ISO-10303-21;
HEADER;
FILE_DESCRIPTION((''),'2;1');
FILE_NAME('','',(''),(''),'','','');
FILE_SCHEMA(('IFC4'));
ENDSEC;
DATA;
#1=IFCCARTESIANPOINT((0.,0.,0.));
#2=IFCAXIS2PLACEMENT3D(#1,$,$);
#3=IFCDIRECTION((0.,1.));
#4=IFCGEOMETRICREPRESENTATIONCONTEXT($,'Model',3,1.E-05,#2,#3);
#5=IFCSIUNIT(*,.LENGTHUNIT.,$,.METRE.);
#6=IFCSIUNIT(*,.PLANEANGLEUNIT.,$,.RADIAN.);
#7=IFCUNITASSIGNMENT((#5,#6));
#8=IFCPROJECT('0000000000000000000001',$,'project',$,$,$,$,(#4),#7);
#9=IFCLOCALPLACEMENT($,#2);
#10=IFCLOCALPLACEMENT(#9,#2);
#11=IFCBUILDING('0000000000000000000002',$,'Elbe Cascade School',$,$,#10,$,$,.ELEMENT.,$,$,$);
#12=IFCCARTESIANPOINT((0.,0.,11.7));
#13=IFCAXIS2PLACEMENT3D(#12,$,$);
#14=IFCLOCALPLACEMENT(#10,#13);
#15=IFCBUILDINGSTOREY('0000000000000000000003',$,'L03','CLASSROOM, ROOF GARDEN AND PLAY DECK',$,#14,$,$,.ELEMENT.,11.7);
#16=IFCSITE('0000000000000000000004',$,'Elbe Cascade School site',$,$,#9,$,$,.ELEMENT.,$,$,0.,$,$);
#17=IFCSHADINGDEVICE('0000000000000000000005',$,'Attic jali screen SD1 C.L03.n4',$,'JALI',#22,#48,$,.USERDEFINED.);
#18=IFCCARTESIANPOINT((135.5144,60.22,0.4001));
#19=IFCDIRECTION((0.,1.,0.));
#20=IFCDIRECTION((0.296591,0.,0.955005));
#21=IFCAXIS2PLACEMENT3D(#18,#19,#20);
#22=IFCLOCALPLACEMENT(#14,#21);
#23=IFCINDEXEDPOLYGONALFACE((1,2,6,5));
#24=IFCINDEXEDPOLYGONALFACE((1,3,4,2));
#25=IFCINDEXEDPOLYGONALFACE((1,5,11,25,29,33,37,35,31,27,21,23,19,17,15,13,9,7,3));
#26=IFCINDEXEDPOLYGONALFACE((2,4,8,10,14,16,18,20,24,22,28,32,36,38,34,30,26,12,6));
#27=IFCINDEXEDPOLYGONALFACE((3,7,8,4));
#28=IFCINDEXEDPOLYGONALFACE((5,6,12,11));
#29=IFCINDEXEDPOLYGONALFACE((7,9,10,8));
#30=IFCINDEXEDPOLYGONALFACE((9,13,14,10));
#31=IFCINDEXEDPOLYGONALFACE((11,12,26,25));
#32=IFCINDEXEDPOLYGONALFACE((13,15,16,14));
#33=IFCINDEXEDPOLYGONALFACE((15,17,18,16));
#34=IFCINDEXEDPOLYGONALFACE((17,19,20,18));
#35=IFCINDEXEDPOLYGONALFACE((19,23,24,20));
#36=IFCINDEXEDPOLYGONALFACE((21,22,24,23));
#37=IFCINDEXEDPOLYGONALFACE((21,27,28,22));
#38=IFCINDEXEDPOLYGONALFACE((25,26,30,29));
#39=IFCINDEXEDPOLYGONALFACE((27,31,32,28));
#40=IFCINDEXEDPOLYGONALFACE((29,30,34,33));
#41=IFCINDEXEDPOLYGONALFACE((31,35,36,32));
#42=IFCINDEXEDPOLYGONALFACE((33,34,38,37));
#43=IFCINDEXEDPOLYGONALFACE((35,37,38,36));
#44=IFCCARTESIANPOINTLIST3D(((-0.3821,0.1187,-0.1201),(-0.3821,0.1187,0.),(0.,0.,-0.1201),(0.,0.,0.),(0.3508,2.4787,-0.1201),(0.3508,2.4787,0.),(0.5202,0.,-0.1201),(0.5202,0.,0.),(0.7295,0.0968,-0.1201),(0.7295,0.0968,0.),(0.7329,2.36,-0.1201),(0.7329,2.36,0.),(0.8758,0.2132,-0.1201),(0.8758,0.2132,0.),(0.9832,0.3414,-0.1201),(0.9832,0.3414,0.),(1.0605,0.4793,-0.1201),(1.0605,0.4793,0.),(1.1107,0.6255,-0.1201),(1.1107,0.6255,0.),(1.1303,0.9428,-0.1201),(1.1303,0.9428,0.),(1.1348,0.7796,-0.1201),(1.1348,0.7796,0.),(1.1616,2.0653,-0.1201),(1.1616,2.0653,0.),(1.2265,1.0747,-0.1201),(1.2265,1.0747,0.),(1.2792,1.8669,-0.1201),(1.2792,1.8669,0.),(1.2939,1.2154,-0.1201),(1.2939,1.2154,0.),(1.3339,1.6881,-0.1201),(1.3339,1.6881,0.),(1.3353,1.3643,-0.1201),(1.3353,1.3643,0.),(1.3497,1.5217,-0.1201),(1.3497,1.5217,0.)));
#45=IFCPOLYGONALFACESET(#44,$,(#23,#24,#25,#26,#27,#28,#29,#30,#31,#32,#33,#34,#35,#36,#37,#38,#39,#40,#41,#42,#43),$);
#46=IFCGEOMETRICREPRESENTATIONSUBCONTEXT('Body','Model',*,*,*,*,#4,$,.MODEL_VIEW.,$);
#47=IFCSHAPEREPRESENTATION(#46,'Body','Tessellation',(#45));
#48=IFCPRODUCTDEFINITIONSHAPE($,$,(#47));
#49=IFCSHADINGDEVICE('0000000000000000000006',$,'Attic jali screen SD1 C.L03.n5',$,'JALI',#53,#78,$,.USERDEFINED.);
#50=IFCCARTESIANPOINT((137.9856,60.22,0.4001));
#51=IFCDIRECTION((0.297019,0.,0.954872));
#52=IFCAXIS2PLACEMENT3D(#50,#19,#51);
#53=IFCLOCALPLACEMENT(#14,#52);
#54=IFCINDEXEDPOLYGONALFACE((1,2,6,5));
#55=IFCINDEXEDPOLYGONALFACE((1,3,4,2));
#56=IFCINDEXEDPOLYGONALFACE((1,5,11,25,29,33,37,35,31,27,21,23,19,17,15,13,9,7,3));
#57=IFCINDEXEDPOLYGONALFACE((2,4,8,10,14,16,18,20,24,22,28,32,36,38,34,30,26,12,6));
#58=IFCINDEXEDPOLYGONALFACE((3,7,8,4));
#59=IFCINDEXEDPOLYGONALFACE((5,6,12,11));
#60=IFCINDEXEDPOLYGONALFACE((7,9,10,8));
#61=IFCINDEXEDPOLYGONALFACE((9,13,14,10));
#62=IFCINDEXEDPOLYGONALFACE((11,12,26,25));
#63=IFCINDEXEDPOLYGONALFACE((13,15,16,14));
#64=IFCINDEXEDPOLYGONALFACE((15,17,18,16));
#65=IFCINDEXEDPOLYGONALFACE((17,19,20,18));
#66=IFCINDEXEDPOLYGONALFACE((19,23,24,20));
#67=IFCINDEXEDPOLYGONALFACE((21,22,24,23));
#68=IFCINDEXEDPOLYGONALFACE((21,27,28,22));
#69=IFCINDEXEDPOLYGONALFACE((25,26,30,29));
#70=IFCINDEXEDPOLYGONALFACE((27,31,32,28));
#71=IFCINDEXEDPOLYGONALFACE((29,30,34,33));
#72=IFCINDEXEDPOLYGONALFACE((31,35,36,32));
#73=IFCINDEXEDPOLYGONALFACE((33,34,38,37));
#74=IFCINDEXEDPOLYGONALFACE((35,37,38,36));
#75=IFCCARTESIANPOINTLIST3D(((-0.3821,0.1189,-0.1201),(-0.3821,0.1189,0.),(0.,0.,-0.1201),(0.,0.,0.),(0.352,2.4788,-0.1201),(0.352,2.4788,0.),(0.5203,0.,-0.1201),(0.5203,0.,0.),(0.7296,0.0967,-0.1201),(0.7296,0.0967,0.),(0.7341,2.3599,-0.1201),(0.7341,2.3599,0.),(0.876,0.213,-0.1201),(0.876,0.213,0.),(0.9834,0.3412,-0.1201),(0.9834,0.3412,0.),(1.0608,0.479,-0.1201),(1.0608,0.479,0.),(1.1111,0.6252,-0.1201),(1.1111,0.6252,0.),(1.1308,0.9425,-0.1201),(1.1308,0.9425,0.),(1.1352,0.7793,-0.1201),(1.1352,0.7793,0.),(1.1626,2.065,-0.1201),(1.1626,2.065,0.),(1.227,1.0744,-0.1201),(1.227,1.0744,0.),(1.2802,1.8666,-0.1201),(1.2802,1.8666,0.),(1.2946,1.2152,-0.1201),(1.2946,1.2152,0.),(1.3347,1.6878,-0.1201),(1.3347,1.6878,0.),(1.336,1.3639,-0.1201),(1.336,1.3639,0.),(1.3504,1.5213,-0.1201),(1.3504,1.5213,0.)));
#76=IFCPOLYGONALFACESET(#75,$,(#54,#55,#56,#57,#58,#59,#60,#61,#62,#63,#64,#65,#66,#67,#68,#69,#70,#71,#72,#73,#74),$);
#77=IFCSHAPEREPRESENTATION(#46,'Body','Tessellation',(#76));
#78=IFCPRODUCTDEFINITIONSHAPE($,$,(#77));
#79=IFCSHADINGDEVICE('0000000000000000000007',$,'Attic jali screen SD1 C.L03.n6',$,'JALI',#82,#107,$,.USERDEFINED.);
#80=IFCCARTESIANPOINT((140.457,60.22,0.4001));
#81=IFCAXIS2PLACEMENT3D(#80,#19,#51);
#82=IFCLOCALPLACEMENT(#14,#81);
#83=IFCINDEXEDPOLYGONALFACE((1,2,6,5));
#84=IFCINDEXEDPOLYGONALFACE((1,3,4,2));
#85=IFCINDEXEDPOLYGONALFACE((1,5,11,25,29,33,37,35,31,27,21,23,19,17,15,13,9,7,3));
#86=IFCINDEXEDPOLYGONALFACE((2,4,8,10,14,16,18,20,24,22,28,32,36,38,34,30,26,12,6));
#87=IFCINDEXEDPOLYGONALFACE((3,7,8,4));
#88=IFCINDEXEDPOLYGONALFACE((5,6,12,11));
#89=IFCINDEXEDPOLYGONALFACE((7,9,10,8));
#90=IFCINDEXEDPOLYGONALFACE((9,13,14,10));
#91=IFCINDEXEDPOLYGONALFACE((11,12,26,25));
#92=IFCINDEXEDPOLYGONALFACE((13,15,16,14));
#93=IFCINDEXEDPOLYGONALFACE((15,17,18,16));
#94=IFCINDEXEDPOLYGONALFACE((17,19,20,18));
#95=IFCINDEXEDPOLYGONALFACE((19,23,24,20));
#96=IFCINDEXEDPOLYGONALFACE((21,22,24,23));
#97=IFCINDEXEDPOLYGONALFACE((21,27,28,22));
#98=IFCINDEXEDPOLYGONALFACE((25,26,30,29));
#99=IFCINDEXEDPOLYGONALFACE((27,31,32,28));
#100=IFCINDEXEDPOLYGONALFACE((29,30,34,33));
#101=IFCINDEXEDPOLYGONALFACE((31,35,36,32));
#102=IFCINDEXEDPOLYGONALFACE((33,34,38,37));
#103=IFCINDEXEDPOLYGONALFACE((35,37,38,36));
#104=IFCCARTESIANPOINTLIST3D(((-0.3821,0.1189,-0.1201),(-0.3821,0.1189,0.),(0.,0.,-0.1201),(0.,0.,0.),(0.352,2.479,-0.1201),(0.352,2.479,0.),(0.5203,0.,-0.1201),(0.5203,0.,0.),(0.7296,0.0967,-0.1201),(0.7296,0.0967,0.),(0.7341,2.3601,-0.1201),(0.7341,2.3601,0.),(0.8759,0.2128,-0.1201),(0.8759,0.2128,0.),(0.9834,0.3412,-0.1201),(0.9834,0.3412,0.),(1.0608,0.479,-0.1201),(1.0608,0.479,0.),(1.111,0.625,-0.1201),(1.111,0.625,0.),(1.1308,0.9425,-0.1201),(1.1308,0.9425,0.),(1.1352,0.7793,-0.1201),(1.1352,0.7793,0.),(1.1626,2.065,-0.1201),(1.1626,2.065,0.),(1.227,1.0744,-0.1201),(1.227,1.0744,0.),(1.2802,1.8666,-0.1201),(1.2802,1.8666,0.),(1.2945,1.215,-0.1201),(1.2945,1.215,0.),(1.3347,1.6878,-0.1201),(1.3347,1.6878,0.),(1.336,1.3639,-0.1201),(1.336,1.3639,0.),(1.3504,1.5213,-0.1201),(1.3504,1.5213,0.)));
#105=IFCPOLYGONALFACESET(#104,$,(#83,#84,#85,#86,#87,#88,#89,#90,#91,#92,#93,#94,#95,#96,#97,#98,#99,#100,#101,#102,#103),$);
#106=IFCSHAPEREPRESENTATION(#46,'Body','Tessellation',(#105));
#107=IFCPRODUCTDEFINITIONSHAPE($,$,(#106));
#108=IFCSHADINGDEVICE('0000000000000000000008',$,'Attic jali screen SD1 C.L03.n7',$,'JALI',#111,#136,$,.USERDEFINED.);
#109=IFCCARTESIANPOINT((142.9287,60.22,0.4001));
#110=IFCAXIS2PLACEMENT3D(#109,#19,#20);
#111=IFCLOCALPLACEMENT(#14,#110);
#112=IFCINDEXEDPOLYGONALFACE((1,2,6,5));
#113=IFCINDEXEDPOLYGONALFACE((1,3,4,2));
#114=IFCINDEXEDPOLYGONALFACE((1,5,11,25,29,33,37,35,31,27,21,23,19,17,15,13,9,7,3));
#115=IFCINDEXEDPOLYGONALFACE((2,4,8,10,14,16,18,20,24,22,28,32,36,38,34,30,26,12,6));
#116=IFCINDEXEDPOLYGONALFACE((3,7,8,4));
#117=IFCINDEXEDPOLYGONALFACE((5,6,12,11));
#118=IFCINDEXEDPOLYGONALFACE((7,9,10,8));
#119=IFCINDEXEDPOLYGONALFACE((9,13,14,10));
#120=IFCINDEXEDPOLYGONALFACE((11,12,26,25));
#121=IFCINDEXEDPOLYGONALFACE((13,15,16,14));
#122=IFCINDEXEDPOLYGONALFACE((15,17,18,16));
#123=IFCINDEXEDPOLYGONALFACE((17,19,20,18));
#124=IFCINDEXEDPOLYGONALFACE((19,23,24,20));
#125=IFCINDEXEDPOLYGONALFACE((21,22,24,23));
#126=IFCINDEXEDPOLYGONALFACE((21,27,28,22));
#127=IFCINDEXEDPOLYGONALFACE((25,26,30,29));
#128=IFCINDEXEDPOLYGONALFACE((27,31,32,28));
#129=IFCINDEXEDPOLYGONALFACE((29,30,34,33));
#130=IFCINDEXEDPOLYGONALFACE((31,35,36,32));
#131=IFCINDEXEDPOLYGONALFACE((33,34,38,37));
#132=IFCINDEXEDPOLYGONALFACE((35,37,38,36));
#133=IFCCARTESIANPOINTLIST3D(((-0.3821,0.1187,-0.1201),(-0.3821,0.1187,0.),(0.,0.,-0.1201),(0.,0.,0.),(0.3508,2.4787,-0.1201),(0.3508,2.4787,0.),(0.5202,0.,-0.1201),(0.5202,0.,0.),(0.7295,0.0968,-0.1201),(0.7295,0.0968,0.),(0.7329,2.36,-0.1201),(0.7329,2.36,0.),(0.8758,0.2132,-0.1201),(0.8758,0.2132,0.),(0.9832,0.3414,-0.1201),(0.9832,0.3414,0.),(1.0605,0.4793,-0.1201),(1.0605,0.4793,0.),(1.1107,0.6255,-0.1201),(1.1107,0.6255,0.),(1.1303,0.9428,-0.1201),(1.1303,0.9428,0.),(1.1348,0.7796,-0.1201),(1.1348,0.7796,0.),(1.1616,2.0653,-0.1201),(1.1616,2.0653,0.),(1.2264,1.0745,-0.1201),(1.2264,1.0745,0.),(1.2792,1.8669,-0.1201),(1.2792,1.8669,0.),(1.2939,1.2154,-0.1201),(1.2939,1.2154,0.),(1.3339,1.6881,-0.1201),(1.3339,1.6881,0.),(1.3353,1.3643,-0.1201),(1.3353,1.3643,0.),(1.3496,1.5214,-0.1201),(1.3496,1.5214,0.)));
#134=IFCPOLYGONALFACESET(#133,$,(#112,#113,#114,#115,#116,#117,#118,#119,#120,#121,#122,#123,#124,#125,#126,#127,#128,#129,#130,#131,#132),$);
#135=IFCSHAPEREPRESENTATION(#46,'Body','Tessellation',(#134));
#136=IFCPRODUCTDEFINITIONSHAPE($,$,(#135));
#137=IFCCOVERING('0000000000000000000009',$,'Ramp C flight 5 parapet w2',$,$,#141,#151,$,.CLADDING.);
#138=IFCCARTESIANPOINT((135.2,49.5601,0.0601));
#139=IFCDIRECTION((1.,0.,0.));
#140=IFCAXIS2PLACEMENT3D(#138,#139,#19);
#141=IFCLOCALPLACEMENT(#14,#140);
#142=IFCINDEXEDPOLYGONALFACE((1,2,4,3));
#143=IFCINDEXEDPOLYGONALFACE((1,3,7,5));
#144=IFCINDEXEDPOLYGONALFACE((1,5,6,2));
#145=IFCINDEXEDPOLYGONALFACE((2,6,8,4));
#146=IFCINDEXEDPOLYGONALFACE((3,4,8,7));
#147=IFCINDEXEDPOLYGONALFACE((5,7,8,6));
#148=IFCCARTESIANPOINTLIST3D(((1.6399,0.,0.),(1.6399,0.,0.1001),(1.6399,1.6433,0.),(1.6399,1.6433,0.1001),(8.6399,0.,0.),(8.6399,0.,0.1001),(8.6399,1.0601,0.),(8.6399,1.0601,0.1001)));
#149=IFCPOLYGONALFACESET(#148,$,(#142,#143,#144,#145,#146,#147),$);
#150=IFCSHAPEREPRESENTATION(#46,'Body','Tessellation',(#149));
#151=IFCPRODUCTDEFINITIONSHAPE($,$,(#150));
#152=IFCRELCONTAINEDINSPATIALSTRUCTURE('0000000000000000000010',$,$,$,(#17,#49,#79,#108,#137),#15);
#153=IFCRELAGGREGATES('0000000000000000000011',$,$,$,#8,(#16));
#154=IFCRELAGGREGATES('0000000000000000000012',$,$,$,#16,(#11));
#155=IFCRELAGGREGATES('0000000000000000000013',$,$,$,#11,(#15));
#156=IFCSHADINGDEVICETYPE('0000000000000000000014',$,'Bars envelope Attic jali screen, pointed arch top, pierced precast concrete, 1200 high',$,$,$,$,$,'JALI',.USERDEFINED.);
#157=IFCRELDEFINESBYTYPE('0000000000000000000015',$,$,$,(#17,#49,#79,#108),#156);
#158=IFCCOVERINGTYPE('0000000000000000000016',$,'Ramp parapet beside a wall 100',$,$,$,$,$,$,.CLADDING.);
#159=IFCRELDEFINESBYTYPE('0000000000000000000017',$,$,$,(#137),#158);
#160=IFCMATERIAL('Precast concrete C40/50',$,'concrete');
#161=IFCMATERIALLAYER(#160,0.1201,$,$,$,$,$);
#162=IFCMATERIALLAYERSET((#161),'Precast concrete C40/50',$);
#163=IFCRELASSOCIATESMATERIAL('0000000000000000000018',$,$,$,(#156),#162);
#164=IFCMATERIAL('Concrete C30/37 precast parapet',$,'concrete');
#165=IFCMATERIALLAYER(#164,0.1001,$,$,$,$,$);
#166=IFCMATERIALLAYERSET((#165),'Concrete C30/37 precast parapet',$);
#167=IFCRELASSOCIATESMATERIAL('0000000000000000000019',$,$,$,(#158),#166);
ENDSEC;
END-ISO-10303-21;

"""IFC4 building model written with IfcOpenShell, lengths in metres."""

from ifc_helpers import new_model, si_unit, direction, frame, origin, place, context, subcontext, project, spatial, polyline, outline, extrude, material, layer, layer_set, type_object, element, save


model = new_model("IFC4")

# Units and contexts
model_context = context("Model", 3, precision=1e-05, world=origin(), true_north=direction((0.0, 1.0)))
body_context = subcontext(model_context, "Body", "Model", "MODEL_VIEW")
ifc_project = project(units=[si_unit("LENGTHUNIT", "METRE"), si_unit("PLANEANGLEUNIT", "RADIAN")], contexts=[model_context])

# Site, building, storey
site_placement = place(None, origin())
site = spatial("IfcSite", under=ifc_project, at=site_placement, Name="Elbe Cascade School site", CompositionType="ELEMENT", RefElevation=0.0)
building_placement = place(site_placement, origin())
building = spatial("IfcBuilding", under=site, at=building_placement, Name="Elbe Cascade School", CompositionType="ELEMENT")
storey_placement = place(building_placement, frame((0.0, 0.0, 11.7)))
storey = spatial("IfcBuildingStorey", under=building, at=storey_placement, Name="L03", Description="CLASSROOM, ROOF GARDEN AND PLAY DECK", CompositionType="ELEMENT", Elevation=11.7)

# Shading devices
ifc_material_1 = material(Name="Precast concrete C40/50", Category="concrete")
ifc_layer_1 = layer(ifc_material_1, 0.1201)
ifc_layer_set_1 = layer_set([ifc_layer_1], Name="Precast concrete C40/50")
shading_device_type = type_object("IfcShadingDeviceType", Name="Bars envelope Attic jali screen, pointed arch top, pierced precast concrete, 1200 high", ElementType="JALI", PredefinedType="USERDEFINED", material=ifc_layer_set_1)
shading_device_1_placement = place(storey_placement, frame((135.5144, 60.22, 0.4001), z_axis=(0.0, 1.0, 0.0), x_axis=(0.296591, 0.0, 0.955005)))
element("IfcShadingDevice", 1, at=shading_device_1_placement, inside=storey, type_object=shading_device_type, Name="Attic jali screen SD1 C.L03.n4", ObjectType="JALI", PredefinedType="USERDEFINED", context=body_context, shape_type="SweptSolid", body=[
    extrude(outline(polyline([(0.0, 0.0), (0.5202, 0.0), (0.7295, 0.0968), (0.8758, 0.2132), (0.9832, 0.3414), (1.0605, 0.4793), (1.1107, 0.6255), (1.1348, 0.7796), (1.1303, 0.9428), (1.2265, 1.0747), (1.2939, 1.2154), (1.3353, 1.3643), (1.3497, 1.5217), (1.3339, 1.6881), (1.2792, 1.8669), (1.1616, 2.0653), (0.7329, 2.36), (0.3508, 2.4787), (-0.3821, 0.1187), (0.0, 0.0)])), origin(), (0.0, 0.0, -1.0), 0.1201),
])
shading_device_2_placement = place(storey_placement, frame((137.9856, 60.22, 0.4001), z_axis=(0.0, 1.0, 0.0), x_axis=(0.297019, 0.0, 0.954872)))
element("IfcShadingDevice", 2, at=shading_device_2_placement, inside=storey, type_object=shading_device_type, Name="Attic jali screen SD1 C.L03.n5", ObjectType="JALI", PredefinedType="USERDEFINED", context=body_context, shape_type="SweptSolid", body=[
    extrude(outline(polyline([(0.0, 0.0), (0.5203, 0.0), (0.7296, 0.0967), (0.876, 0.213), (0.9834, 0.3412), (1.0608, 0.479), (1.1111, 0.6252), (1.1352, 0.7793), (1.1308, 0.9425), (1.227, 1.0744), (1.2946, 1.2152), (1.336, 1.3639), (1.3504, 1.5213), (1.3347, 1.6878), (1.2802, 1.8666), (1.1626, 2.065), (0.7341, 2.3599), (0.352, 2.4788), (-0.3821, 0.1189), (0.0, 0.0)])), origin(), (0.0, 0.0, -1.0), 0.1201),
])
shading_device_3_placement = place(storey_placement, frame((140.457, 60.22, 0.4001), z_axis=(0.0, 1.0, 0.0), x_axis=(0.297019, 0.0, 0.954872)))
element("IfcShadingDevice", 3, at=shading_device_3_placement, inside=storey, type_object=shading_device_type, Name="Attic jali screen SD1 C.L03.n6", ObjectType="JALI", PredefinedType="USERDEFINED", context=body_context, shape_type="SweptSolid", body=[
    extrude(outline(polyline([(0.0, 0.0), (0.5203, 0.0), (0.7296, 0.0967), (0.8759, 0.2128), (0.9834, 0.3412), (1.0608, 0.479), (1.111, 0.625), (1.1352, 0.7793), (1.1308, 0.9425), (1.227, 1.0744), (1.2945, 1.215), (1.336, 1.3639), (1.3504, 1.5213), (1.3347, 1.6878), (1.2802, 1.8666), (1.1626, 2.065), (0.7341, 2.3601), (0.352, 2.479), (-0.3821, 0.1189), (0.0, 0.0)])), origin(), (0.0, 0.0, -1.0), 0.1201),
])
shading_device_4_placement = place(storey_placement, frame((142.9287, 60.22, 0.4001), z_axis=(0.0, 1.0, 0.0), x_axis=(0.296591, 0.0, 0.955005)))
element("IfcShadingDevice", 4, at=shading_device_4_placement, inside=storey, type_object=shading_device_type, Name="Attic jali screen SD1 C.L03.n7", ObjectType="JALI", PredefinedType="USERDEFINED", context=body_context, shape_type="SweptSolid", body=[
    extrude(outline(polyline([(0.0, 0.0), (0.5202, 0.0), (0.7295, 0.0968), (0.8758, 0.2132), (0.9832, 0.3414), (1.0605, 0.4793), (1.1107, 0.6255), (1.1348, 0.7796), (1.1303, 0.9428), (1.2264, 1.0745), (1.2939, 1.2154), (1.3353, 1.3643), (1.3496, 1.5214), (1.3339, 1.6881), (1.2792, 1.8669), (1.1616, 2.0653), (0.7329, 2.36), (0.3508, 2.4787), (-0.3821, 0.1187), (0.0, 0.0)])), origin(), (0.0, 0.0, -1.0), 0.1201),
])

# Covering
ifc_material_2 = material(Name="Concrete C30/37 precast parapet", Category="concrete")
ifc_layer_2 = layer(ifc_material_2, 0.1001)
ifc_layer_set_2 = layer_set([ifc_layer_2], Name="Concrete C30/37 precast parapet")
covering_type_1 = type_object("IfcCoveringType", Name="Ramp parapet beside a wall 100", PredefinedType="CLADDING", material=ifc_layer_set_2)
covering_1_placement = place(storey_placement, frame((135.2, 49.5601, 0.0601), z_axis=(1.0, 0.0, 0.0), x_axis=(0.0, 1.0, 0.0)))
element("IfcCovering", 5, at=covering_1_placement, inside=storey, type_object=covering_type_1, Name="Ramp C flight 5 parapet w2", PredefinedType="CLADDING", context=body_context, shape_type="SweptSolid", body=[
    extrude(outline(polyline([(1.6399, 0.0), (8.6399, 0.0), (8.6399, 1.0601), (1.6399, 1.6433), (1.6399, 0.0)])), origin(), (0.0, 0.0, 1.0), 0.1001),
])

save(model, "model.ifc")
